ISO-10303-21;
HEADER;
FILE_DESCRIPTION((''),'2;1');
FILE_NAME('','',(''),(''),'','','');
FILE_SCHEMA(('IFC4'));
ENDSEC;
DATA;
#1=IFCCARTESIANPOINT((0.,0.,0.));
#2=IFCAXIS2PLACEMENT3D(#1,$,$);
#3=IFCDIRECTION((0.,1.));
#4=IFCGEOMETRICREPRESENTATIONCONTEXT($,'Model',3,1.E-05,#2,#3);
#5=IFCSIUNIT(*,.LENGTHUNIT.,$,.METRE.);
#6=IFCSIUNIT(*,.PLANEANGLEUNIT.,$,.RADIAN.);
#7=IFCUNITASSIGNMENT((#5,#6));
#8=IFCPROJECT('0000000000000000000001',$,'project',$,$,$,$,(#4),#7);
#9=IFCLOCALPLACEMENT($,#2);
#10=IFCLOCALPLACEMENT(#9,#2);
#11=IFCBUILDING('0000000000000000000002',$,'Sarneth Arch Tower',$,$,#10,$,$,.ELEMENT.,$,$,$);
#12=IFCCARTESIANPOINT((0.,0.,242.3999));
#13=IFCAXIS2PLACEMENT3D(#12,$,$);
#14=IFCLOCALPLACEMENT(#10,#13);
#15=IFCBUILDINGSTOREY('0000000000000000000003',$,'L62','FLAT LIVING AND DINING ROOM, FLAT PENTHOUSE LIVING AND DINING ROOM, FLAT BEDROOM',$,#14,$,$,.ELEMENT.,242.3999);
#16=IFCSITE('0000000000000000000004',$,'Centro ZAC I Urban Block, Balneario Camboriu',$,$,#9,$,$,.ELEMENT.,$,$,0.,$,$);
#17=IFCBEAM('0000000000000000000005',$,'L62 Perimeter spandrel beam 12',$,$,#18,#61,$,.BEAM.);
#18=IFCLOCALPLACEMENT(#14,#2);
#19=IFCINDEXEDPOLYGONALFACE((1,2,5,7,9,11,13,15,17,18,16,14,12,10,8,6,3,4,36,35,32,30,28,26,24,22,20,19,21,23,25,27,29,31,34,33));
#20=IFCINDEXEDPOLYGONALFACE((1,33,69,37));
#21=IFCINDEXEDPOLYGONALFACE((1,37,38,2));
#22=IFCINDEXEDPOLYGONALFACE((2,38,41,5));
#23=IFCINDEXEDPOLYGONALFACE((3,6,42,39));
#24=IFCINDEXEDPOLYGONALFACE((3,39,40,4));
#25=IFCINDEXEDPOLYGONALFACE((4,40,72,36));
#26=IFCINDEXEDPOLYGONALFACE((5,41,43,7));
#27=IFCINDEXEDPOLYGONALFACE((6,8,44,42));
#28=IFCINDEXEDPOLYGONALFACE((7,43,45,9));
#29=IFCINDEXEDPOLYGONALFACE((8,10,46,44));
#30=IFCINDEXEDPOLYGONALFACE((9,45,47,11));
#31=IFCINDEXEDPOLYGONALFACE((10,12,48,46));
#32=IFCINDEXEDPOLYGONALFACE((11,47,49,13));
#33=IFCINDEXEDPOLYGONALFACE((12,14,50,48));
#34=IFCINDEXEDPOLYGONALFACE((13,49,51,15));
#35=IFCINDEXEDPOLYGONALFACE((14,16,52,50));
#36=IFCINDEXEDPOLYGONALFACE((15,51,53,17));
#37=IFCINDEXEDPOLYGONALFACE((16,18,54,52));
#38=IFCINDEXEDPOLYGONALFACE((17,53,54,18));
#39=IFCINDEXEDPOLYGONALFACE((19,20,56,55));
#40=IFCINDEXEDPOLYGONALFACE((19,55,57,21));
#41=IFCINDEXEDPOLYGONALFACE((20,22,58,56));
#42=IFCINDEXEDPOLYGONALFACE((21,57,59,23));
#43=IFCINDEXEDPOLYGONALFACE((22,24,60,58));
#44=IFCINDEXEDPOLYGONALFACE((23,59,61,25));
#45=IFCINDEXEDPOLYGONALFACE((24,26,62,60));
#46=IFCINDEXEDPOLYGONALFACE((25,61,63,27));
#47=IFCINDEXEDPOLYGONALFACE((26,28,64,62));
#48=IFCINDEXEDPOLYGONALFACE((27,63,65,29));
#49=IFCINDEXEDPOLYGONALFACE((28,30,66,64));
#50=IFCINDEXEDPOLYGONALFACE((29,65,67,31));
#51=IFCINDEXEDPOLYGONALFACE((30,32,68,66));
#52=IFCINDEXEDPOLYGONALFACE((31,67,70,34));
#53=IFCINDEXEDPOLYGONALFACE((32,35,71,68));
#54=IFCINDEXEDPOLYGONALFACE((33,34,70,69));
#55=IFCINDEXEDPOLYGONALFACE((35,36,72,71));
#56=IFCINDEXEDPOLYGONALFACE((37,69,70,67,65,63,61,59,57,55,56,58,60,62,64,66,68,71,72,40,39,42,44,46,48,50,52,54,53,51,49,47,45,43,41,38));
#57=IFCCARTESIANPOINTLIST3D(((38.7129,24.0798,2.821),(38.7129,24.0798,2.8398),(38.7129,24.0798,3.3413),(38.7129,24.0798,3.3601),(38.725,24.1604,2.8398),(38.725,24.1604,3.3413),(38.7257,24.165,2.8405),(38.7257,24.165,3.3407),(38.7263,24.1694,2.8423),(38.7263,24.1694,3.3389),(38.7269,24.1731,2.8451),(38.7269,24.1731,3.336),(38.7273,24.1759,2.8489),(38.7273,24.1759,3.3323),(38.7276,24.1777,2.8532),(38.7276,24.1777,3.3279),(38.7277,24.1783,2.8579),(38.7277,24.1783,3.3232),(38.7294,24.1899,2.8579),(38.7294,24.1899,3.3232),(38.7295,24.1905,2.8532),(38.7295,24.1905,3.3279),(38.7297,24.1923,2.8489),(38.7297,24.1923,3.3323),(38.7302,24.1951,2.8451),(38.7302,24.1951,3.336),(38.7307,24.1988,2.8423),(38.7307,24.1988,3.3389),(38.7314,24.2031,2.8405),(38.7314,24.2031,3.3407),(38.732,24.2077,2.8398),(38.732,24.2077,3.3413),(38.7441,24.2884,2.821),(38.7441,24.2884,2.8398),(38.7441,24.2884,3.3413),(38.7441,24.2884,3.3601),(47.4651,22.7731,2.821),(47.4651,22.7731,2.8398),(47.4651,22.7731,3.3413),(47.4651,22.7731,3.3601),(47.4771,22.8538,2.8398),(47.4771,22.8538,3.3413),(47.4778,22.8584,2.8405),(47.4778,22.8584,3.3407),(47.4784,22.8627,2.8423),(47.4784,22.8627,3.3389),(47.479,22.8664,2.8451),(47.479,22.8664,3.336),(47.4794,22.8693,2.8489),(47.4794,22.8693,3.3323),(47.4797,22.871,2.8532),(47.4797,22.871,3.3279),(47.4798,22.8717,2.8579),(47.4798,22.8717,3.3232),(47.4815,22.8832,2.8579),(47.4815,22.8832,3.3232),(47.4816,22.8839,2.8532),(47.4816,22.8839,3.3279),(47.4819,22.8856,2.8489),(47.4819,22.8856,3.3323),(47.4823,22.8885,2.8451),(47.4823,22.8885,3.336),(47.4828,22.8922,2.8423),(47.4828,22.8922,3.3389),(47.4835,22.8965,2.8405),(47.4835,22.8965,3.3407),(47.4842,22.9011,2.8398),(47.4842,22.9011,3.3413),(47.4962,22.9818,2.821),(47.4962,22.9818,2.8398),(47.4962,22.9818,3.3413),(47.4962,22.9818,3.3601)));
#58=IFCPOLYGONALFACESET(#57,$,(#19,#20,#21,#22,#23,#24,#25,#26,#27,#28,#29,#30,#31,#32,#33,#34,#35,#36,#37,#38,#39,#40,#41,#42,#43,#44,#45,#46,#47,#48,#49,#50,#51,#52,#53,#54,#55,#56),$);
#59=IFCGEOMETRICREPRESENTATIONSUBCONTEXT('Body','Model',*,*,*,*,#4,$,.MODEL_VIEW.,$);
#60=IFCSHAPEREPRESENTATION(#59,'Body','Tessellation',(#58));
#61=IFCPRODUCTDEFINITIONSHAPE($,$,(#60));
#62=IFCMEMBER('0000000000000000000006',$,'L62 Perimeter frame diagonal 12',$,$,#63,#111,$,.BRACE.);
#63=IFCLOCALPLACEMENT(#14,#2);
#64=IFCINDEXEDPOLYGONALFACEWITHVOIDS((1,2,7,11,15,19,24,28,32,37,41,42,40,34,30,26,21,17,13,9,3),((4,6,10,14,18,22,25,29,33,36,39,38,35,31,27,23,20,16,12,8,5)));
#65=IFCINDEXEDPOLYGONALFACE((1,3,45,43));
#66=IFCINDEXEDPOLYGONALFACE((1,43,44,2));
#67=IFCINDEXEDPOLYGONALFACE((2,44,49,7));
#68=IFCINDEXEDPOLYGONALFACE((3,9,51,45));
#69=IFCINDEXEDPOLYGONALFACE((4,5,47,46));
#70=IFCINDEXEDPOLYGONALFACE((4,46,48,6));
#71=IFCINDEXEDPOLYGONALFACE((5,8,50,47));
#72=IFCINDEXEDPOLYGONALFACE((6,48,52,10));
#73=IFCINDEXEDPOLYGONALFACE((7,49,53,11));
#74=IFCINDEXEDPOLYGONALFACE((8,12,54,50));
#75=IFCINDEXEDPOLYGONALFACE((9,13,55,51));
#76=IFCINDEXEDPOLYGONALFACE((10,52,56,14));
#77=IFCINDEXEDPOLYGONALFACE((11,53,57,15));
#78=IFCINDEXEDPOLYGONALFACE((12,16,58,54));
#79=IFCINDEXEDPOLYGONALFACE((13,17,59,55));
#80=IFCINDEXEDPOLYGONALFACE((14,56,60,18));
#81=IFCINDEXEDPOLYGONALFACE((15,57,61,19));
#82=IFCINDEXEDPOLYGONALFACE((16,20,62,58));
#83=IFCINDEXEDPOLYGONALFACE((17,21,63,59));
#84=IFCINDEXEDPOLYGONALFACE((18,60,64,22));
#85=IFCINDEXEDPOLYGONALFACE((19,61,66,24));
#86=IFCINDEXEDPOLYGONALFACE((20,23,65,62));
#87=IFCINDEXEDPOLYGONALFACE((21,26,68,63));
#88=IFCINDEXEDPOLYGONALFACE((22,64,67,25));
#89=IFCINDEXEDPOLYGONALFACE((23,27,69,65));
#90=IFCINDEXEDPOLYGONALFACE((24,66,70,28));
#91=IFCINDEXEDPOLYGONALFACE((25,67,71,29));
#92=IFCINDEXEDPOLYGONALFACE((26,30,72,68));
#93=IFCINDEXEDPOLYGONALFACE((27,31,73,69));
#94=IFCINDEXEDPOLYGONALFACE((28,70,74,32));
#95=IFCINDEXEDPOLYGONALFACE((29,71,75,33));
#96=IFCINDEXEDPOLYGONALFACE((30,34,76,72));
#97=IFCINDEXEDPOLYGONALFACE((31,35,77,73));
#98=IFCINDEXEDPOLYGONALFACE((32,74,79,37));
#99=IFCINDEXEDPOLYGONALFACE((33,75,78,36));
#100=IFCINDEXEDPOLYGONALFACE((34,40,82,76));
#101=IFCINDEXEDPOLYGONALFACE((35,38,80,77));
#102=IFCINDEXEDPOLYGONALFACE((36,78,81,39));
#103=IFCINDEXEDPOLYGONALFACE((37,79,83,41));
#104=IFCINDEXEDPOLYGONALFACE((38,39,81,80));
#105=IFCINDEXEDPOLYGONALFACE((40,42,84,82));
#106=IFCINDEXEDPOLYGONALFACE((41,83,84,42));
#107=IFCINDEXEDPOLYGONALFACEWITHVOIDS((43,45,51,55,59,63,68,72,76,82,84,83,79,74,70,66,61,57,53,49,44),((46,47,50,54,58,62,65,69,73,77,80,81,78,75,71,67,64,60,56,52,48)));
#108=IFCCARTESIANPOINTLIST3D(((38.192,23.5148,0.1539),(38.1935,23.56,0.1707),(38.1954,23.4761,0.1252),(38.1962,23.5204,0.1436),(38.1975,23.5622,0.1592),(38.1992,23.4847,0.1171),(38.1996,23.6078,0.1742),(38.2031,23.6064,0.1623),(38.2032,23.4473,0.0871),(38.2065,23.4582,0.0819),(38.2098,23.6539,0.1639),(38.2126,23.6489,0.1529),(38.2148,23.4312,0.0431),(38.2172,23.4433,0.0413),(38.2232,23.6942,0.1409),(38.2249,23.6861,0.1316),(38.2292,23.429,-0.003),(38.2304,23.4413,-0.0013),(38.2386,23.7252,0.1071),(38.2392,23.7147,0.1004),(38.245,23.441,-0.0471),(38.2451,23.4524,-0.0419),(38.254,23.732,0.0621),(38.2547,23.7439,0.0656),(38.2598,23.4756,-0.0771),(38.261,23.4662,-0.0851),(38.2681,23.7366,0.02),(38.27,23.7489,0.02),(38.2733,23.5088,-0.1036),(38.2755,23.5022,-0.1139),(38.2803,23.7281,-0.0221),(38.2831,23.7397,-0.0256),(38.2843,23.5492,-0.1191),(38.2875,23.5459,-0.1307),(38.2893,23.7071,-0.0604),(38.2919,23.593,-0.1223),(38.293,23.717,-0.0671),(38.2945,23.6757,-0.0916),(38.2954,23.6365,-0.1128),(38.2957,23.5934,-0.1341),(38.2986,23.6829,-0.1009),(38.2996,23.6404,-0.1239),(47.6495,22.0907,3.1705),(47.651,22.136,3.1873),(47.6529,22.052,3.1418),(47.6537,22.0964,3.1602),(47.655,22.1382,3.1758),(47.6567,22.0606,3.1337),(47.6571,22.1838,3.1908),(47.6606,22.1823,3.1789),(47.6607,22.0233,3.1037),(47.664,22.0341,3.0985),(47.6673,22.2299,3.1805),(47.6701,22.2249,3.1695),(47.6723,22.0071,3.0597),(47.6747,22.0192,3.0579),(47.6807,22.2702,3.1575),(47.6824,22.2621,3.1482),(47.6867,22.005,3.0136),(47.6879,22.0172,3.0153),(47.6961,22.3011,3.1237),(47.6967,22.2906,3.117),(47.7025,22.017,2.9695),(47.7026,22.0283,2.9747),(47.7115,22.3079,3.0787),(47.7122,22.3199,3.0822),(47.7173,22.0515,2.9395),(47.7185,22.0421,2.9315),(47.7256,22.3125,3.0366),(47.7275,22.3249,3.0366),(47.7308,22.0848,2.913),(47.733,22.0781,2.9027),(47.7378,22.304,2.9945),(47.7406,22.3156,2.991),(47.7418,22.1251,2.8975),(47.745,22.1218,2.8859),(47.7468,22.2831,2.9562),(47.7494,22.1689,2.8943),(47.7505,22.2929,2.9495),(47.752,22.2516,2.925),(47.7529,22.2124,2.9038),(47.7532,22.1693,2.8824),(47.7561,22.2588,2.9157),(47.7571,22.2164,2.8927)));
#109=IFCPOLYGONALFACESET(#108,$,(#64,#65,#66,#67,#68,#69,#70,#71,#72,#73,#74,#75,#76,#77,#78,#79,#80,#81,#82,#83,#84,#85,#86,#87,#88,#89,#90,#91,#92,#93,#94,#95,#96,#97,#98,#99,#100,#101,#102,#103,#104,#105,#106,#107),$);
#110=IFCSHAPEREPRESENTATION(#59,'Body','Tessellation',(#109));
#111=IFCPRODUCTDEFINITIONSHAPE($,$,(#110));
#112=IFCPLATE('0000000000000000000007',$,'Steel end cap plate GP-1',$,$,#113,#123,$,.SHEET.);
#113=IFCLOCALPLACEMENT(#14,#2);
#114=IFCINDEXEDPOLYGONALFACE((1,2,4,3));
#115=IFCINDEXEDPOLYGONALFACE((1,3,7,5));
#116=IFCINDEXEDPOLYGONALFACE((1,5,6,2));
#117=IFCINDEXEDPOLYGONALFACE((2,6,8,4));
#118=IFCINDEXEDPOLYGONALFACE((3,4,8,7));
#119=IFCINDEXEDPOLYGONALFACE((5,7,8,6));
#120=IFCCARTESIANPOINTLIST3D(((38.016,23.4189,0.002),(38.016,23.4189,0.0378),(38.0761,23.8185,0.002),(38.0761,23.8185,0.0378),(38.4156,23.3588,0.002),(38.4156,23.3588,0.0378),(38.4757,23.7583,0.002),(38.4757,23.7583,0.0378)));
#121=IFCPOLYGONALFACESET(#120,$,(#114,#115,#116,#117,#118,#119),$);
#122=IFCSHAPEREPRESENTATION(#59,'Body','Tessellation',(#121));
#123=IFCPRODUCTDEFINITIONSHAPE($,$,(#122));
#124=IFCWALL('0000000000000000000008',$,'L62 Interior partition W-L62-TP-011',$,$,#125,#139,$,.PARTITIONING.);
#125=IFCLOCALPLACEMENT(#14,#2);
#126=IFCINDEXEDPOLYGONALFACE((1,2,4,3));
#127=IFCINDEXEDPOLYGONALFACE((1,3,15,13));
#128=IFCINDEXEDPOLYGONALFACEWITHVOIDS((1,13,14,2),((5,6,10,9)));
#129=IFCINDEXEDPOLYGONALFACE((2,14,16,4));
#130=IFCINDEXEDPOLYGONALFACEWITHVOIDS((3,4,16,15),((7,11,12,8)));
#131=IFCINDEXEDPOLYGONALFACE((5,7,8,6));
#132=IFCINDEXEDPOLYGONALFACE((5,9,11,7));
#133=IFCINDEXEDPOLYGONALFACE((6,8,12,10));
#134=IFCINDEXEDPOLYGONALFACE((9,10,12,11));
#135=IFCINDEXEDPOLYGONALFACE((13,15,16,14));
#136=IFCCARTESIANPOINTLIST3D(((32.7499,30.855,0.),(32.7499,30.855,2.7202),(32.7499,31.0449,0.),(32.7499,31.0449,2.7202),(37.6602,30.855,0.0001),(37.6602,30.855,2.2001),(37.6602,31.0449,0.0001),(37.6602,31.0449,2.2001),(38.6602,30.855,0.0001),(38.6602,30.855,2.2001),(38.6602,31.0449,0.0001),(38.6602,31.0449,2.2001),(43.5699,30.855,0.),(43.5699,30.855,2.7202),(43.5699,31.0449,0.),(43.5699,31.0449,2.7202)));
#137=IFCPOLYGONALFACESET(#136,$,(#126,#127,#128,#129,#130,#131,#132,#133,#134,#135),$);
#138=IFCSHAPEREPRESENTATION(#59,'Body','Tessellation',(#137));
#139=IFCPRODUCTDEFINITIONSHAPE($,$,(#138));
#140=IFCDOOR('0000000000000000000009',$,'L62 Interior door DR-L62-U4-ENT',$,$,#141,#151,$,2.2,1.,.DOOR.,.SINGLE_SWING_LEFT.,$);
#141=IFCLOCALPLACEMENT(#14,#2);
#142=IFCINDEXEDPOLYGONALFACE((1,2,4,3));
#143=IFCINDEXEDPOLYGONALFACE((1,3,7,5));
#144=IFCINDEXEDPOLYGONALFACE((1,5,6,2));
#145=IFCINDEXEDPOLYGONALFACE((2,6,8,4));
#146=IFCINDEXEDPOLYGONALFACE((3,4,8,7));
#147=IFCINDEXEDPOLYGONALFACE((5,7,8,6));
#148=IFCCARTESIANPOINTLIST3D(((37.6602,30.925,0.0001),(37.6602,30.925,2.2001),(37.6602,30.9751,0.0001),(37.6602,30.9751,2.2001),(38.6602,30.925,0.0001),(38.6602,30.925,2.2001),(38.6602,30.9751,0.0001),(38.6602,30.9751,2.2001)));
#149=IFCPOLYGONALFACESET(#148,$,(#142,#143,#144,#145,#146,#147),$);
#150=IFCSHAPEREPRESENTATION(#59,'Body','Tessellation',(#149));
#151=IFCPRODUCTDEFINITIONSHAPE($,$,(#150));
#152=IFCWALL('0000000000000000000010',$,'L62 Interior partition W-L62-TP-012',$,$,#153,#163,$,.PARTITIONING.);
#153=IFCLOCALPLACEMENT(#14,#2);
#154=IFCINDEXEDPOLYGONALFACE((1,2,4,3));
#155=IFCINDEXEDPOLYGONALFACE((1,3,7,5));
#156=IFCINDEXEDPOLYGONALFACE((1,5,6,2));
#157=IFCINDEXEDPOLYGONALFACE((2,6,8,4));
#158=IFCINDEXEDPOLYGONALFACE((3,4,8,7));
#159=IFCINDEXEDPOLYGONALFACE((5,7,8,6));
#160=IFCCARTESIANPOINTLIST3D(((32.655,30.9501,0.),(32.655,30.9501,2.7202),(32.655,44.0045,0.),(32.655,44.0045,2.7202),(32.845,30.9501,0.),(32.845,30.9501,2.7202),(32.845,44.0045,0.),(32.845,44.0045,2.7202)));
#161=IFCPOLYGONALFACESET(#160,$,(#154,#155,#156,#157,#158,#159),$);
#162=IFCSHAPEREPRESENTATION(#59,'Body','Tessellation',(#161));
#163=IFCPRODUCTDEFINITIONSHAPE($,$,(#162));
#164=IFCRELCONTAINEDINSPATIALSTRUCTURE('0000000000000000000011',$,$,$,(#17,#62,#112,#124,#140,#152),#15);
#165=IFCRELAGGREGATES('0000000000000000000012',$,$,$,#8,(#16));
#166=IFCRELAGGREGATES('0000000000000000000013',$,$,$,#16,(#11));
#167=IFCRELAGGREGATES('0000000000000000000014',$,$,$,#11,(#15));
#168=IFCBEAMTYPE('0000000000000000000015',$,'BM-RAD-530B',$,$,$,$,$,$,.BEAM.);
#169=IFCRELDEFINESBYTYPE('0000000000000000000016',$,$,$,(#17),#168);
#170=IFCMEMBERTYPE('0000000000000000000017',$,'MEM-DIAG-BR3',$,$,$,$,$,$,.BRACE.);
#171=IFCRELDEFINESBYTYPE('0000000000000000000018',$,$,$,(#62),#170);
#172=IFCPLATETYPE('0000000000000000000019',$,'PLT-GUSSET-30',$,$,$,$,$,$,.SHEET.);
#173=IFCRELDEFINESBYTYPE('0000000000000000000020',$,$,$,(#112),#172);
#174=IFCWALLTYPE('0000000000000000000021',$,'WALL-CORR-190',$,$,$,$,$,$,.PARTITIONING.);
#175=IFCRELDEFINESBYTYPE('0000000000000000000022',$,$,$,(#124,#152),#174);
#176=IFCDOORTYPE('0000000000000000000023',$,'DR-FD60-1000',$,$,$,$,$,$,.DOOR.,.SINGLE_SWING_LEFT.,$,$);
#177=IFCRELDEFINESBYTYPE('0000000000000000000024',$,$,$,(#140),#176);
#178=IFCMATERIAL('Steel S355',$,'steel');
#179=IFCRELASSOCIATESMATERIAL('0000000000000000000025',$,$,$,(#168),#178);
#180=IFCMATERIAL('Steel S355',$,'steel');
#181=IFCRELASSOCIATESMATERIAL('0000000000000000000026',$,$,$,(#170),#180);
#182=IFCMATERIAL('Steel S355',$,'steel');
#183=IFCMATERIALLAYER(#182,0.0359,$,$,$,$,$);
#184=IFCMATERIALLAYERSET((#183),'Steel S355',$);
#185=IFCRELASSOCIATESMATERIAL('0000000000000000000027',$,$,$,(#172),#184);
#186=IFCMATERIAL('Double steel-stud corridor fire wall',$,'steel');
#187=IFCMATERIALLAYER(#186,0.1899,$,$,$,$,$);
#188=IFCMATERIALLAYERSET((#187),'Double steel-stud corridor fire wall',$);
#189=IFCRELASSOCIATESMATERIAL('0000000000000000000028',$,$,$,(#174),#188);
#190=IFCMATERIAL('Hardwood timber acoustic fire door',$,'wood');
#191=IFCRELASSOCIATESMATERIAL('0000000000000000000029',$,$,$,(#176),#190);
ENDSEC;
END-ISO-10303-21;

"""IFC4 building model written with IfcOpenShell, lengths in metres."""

from ifc_helpers import new_model, si_unit, direction, frame, frame_2d, origin, origin_2d, place, context, subcontext, project, spatial, rectangle, hollow_circle, i_section, extrude, material, layer, layer_set, material_profile, profile_set, type_object, element, fill, save


model = new_model("IFC4")

# Units and contexts
model_context = context("Model", 3, precision=1e-05, world=origin(), true_north=direction((0.0, 1.0)))
body_context = subcontext(model_context, "Body", "Model", "MODEL_VIEW")
ifc_project = project(units=[si_unit("LENGTHUNIT", "METRE"), si_unit("PLANEANGLEUNIT", "RADIAN")], contexts=[model_context])

# Site, building, storey
site_placement = place(None, origin())
site = spatial("IfcSite", under=ifc_project, at=site_placement, Name="Centro ZAC I Urban Block, Balneario Camboriu", CompositionType="ELEMENT", RefElevation=0.0)
building_placement = place(site_placement, origin())
building = spatial("IfcBuilding", under=site, at=building_placement, Name="Sarneth Arch Tower", CompositionType="ELEMENT")
storey_placement = place(building_placement, frame((0.0, 0.0, 242.3999)))
storey = spatial("IfcBuildingStorey", under=building, at=storey_placement, Name="L62", Description="FLAT LIVING AND DINING ROOM, FLAT PENTHOUSE LIVING AND DINING ROOM, FLAT BEDROOM", CompositionType="ELEMENT", Elevation=242.3999)

# Beam
ifc_material_1 = material(Name="Steel S355", Category="steel")
ifc_material_profile_1 = material_profile(ifc_material_1, i_section(OverallWidth=0.2109, OverallDepth=0.5391, WebThickness=0.0117, FlangeThickness=0.0188, FilletRadius=0.0181, at=origin_2d()), Name="W530x109")
ifc_profile_set_1 = profile_set([ifc_material_profile_1], Name="Steel S355")
beam_type_1 = type_object("IfcBeamType", Name="BM-RAD-530B", PredefinedType="BEAM", material=ifc_profile_set_1)
beam_1_placement = place(storey_placement, frame((38.7285, 24.1841, 3.0906), z_axis=(0.989039, -0.147656, 0.0), x_axis=(0.147656, 0.989039, 0.0)))
element("IfcBeam", 1, at=beam_1_placement, inside=storey, type_object=beam_type_1, Name="L62 Perimeter spandrel beam 12", PredefinedType="BEAM", context=body_context, shape_type="SweptSolid", body=[
    extrude(i_section(OverallWidth=0.2109, OverallDepth=0.5391, WebThickness=0.0117, FlangeThickness=0.0188, FilletRadius=0.0181, at=origin_2d()), origin(), (0.0, 0.0, 1.0), 8.8491),
])

# Member
ifc_material_2 = material(Name="Steel S355", Category="steel")
ifc_material_profile_2 = material_profile(ifc_material_2, hollow_circle(Radius=0.1621, WallThickness=0.0125, at=origin_2d()), Name="CHS324x12.5")
ifc_profile_set_2 = profile_set([ifc_material_profile_2], Name="Steel S355")
member_type = type_object("IfcMemberType", Name="MEM-DIAG-BR3", PredefinedType="BRACE", material=ifc_profile_set_2)
member_placement = place(storey_placement, frame((38.2458, 23.5886, 0.02), z_axis=(0.943056, -0.142001, 0.3008), x_axis=(0.148897, 0.988853, 0.0)))
element("IfcMember", 2, at=member_placement, inside=storey, type_object=member_type, Name="L62 Perimeter frame diagonal 12", PredefinedType="BRACE", context=body_context, shape_type="SweptSolid", body=[
    extrude(hollow_circle(Radius=0.1621, WallThickness=0.0125, at=origin_2d()), origin(), (0.0, 0.0, 1.0), 10.0286),
])

# Plate
ifc_material_3 = material(Name="Steel S355", Category="steel")
ifc_layer_1 = layer(ifc_material_3, 0.0359)
ifc_layer_set_1 = layer_set([ifc_layer_1], Name="Steel S355")
plate_type = type_object("IfcPlateType", Name="PLT-GUSSET-30", PredefinedType="SHEET", material=ifc_layer_set_1)
plate_placement = place(storey_placement, frame((38.2458, 23.5886, 0.002), z_axis=(0.0, 0.0, 1.0), x_axis=(0.988861, -0.148845, 0.0)))
element("IfcPlate", 3, at=plate_placement, inside=storey, type_object=plate_type, Name="Steel end cap plate GP-1", PredefinedType="SHEET", context=body_context, shape_type="SweptSolid", body=[
    extrude(rectangle(XDim=0.4041, YDim=0.4041, at=origin_2d()), origin(), (0.0, 0.0, 1.0), 0.0359),
])

# Wall, opening, door
ifc_material_4 = material(Name="Double steel-stud corridor fire wall", Category="steel")
ifc_layer_2 = layer(ifc_material_4, 0.1899)
ifc_layer_set_2 = layer_set([ifc_layer_2], Name="Double steel-stud corridor fire wall")
wall_type_1 = type_object("IfcWallType", Name="WALL-CORR-190", PredefinedType="PARTITIONING", material=ifc_layer_set_2)
wall_1_placement = place(storey_placement, frame((43.5701, 30.95, 0.0), z_axis=(0.0, 0.0, 1.0), x_axis=(-1.0, 0.0, 0.0)))
wall_1 = element("IfcWall", 4, at=wall_1_placement, inside=storey, type_object=wall_type_1, Name="L62 Interior partition W-L62-TP-011", PredefinedType="PARTITIONING", context=body_context, shape_type="SweptSolid", body=[
    extrude(rectangle(XDim=10.8201, YDim=0.1899, at=frame_2d((5.4102, 0.0))), origin(), (0.0, 0.0, 1.0), 2.7202),
])
opening_1_placement = place(wall_1_placement, frame((4.9099, 0.0, 0.0)))
opening_1 = element("IfcOpeningElement", 5, at=opening_1_placement, cuts=wall_1, PredefinedType="OPENING", context=body_context, shape_type="SweptSolid", body=[
    extrude(rectangle(XDim=1.0, YDim=2.2, at=frame_2d((0.5, 1.1001))), frame((0.0, 0.105, 0.0), z_axis=(0.0, -1.0, 0.0), x_axis=(1.0, 0.0, 0.0)), (0.0, 0.0, 1.0), 0.21),
])
ifc_material_5 = material(Name="Hardwood timber acoustic fire door", Category="wood")
door_type_1 = type_object("IfcDoorType", Name="DR-FD60-1000", OperationType="SINGLE_SWING_LEFT", PredefinedType="DOOR", material=ifc_material_5)
door_1_placement = place(opening_1_placement, origin())
door_1 = element("IfcDoor", 6, at=door_1_placement, inside=storey, type_object=door_type_1, Name="L62 Interior door DR-L62-U4-ENT", OperationType="SINGLE_SWING_LEFT", OverallHeight=2.2, OverallWidth=1.0, PredefinedType="DOOR", context=body_context, shape_type="SweptSolid", body=[
    extrude(rectangle(XDim=1.0, YDim=2.2, at=frame_2d((0.5, 1.1001))), frame((0.0, 0.0249, 0.0), z_axis=(0.0, -1.0, 0.0), x_axis=(1.0, 0.0, 0.0)), (0.0, 0.0, 1.0), 0.05),
])
fill(opening_1, door_1)

# Wall
wall_2_placement = place(storey_placement, frame((32.75, 30.95, 0.0), z_axis=(0.0, 0.0, 1.0), x_axis=(0.0, 1.0, 0.0)))
element("IfcWall", 7, at=wall_2_placement, inside=storey, type_object=wall_type_1, Name="L62 Interior partition W-L62-TP-012", PredefinedType="PARTITIONING", context=body_context, shape_type="SweptSolid", body=[
    extrude(rectangle(XDim=13.0544, YDim=0.1899, at=frame_2d((6.5273, 0.0))), origin(), (0.0, 0.0, 1.0), 2.7202),
])

save(model, "model.ifc")
